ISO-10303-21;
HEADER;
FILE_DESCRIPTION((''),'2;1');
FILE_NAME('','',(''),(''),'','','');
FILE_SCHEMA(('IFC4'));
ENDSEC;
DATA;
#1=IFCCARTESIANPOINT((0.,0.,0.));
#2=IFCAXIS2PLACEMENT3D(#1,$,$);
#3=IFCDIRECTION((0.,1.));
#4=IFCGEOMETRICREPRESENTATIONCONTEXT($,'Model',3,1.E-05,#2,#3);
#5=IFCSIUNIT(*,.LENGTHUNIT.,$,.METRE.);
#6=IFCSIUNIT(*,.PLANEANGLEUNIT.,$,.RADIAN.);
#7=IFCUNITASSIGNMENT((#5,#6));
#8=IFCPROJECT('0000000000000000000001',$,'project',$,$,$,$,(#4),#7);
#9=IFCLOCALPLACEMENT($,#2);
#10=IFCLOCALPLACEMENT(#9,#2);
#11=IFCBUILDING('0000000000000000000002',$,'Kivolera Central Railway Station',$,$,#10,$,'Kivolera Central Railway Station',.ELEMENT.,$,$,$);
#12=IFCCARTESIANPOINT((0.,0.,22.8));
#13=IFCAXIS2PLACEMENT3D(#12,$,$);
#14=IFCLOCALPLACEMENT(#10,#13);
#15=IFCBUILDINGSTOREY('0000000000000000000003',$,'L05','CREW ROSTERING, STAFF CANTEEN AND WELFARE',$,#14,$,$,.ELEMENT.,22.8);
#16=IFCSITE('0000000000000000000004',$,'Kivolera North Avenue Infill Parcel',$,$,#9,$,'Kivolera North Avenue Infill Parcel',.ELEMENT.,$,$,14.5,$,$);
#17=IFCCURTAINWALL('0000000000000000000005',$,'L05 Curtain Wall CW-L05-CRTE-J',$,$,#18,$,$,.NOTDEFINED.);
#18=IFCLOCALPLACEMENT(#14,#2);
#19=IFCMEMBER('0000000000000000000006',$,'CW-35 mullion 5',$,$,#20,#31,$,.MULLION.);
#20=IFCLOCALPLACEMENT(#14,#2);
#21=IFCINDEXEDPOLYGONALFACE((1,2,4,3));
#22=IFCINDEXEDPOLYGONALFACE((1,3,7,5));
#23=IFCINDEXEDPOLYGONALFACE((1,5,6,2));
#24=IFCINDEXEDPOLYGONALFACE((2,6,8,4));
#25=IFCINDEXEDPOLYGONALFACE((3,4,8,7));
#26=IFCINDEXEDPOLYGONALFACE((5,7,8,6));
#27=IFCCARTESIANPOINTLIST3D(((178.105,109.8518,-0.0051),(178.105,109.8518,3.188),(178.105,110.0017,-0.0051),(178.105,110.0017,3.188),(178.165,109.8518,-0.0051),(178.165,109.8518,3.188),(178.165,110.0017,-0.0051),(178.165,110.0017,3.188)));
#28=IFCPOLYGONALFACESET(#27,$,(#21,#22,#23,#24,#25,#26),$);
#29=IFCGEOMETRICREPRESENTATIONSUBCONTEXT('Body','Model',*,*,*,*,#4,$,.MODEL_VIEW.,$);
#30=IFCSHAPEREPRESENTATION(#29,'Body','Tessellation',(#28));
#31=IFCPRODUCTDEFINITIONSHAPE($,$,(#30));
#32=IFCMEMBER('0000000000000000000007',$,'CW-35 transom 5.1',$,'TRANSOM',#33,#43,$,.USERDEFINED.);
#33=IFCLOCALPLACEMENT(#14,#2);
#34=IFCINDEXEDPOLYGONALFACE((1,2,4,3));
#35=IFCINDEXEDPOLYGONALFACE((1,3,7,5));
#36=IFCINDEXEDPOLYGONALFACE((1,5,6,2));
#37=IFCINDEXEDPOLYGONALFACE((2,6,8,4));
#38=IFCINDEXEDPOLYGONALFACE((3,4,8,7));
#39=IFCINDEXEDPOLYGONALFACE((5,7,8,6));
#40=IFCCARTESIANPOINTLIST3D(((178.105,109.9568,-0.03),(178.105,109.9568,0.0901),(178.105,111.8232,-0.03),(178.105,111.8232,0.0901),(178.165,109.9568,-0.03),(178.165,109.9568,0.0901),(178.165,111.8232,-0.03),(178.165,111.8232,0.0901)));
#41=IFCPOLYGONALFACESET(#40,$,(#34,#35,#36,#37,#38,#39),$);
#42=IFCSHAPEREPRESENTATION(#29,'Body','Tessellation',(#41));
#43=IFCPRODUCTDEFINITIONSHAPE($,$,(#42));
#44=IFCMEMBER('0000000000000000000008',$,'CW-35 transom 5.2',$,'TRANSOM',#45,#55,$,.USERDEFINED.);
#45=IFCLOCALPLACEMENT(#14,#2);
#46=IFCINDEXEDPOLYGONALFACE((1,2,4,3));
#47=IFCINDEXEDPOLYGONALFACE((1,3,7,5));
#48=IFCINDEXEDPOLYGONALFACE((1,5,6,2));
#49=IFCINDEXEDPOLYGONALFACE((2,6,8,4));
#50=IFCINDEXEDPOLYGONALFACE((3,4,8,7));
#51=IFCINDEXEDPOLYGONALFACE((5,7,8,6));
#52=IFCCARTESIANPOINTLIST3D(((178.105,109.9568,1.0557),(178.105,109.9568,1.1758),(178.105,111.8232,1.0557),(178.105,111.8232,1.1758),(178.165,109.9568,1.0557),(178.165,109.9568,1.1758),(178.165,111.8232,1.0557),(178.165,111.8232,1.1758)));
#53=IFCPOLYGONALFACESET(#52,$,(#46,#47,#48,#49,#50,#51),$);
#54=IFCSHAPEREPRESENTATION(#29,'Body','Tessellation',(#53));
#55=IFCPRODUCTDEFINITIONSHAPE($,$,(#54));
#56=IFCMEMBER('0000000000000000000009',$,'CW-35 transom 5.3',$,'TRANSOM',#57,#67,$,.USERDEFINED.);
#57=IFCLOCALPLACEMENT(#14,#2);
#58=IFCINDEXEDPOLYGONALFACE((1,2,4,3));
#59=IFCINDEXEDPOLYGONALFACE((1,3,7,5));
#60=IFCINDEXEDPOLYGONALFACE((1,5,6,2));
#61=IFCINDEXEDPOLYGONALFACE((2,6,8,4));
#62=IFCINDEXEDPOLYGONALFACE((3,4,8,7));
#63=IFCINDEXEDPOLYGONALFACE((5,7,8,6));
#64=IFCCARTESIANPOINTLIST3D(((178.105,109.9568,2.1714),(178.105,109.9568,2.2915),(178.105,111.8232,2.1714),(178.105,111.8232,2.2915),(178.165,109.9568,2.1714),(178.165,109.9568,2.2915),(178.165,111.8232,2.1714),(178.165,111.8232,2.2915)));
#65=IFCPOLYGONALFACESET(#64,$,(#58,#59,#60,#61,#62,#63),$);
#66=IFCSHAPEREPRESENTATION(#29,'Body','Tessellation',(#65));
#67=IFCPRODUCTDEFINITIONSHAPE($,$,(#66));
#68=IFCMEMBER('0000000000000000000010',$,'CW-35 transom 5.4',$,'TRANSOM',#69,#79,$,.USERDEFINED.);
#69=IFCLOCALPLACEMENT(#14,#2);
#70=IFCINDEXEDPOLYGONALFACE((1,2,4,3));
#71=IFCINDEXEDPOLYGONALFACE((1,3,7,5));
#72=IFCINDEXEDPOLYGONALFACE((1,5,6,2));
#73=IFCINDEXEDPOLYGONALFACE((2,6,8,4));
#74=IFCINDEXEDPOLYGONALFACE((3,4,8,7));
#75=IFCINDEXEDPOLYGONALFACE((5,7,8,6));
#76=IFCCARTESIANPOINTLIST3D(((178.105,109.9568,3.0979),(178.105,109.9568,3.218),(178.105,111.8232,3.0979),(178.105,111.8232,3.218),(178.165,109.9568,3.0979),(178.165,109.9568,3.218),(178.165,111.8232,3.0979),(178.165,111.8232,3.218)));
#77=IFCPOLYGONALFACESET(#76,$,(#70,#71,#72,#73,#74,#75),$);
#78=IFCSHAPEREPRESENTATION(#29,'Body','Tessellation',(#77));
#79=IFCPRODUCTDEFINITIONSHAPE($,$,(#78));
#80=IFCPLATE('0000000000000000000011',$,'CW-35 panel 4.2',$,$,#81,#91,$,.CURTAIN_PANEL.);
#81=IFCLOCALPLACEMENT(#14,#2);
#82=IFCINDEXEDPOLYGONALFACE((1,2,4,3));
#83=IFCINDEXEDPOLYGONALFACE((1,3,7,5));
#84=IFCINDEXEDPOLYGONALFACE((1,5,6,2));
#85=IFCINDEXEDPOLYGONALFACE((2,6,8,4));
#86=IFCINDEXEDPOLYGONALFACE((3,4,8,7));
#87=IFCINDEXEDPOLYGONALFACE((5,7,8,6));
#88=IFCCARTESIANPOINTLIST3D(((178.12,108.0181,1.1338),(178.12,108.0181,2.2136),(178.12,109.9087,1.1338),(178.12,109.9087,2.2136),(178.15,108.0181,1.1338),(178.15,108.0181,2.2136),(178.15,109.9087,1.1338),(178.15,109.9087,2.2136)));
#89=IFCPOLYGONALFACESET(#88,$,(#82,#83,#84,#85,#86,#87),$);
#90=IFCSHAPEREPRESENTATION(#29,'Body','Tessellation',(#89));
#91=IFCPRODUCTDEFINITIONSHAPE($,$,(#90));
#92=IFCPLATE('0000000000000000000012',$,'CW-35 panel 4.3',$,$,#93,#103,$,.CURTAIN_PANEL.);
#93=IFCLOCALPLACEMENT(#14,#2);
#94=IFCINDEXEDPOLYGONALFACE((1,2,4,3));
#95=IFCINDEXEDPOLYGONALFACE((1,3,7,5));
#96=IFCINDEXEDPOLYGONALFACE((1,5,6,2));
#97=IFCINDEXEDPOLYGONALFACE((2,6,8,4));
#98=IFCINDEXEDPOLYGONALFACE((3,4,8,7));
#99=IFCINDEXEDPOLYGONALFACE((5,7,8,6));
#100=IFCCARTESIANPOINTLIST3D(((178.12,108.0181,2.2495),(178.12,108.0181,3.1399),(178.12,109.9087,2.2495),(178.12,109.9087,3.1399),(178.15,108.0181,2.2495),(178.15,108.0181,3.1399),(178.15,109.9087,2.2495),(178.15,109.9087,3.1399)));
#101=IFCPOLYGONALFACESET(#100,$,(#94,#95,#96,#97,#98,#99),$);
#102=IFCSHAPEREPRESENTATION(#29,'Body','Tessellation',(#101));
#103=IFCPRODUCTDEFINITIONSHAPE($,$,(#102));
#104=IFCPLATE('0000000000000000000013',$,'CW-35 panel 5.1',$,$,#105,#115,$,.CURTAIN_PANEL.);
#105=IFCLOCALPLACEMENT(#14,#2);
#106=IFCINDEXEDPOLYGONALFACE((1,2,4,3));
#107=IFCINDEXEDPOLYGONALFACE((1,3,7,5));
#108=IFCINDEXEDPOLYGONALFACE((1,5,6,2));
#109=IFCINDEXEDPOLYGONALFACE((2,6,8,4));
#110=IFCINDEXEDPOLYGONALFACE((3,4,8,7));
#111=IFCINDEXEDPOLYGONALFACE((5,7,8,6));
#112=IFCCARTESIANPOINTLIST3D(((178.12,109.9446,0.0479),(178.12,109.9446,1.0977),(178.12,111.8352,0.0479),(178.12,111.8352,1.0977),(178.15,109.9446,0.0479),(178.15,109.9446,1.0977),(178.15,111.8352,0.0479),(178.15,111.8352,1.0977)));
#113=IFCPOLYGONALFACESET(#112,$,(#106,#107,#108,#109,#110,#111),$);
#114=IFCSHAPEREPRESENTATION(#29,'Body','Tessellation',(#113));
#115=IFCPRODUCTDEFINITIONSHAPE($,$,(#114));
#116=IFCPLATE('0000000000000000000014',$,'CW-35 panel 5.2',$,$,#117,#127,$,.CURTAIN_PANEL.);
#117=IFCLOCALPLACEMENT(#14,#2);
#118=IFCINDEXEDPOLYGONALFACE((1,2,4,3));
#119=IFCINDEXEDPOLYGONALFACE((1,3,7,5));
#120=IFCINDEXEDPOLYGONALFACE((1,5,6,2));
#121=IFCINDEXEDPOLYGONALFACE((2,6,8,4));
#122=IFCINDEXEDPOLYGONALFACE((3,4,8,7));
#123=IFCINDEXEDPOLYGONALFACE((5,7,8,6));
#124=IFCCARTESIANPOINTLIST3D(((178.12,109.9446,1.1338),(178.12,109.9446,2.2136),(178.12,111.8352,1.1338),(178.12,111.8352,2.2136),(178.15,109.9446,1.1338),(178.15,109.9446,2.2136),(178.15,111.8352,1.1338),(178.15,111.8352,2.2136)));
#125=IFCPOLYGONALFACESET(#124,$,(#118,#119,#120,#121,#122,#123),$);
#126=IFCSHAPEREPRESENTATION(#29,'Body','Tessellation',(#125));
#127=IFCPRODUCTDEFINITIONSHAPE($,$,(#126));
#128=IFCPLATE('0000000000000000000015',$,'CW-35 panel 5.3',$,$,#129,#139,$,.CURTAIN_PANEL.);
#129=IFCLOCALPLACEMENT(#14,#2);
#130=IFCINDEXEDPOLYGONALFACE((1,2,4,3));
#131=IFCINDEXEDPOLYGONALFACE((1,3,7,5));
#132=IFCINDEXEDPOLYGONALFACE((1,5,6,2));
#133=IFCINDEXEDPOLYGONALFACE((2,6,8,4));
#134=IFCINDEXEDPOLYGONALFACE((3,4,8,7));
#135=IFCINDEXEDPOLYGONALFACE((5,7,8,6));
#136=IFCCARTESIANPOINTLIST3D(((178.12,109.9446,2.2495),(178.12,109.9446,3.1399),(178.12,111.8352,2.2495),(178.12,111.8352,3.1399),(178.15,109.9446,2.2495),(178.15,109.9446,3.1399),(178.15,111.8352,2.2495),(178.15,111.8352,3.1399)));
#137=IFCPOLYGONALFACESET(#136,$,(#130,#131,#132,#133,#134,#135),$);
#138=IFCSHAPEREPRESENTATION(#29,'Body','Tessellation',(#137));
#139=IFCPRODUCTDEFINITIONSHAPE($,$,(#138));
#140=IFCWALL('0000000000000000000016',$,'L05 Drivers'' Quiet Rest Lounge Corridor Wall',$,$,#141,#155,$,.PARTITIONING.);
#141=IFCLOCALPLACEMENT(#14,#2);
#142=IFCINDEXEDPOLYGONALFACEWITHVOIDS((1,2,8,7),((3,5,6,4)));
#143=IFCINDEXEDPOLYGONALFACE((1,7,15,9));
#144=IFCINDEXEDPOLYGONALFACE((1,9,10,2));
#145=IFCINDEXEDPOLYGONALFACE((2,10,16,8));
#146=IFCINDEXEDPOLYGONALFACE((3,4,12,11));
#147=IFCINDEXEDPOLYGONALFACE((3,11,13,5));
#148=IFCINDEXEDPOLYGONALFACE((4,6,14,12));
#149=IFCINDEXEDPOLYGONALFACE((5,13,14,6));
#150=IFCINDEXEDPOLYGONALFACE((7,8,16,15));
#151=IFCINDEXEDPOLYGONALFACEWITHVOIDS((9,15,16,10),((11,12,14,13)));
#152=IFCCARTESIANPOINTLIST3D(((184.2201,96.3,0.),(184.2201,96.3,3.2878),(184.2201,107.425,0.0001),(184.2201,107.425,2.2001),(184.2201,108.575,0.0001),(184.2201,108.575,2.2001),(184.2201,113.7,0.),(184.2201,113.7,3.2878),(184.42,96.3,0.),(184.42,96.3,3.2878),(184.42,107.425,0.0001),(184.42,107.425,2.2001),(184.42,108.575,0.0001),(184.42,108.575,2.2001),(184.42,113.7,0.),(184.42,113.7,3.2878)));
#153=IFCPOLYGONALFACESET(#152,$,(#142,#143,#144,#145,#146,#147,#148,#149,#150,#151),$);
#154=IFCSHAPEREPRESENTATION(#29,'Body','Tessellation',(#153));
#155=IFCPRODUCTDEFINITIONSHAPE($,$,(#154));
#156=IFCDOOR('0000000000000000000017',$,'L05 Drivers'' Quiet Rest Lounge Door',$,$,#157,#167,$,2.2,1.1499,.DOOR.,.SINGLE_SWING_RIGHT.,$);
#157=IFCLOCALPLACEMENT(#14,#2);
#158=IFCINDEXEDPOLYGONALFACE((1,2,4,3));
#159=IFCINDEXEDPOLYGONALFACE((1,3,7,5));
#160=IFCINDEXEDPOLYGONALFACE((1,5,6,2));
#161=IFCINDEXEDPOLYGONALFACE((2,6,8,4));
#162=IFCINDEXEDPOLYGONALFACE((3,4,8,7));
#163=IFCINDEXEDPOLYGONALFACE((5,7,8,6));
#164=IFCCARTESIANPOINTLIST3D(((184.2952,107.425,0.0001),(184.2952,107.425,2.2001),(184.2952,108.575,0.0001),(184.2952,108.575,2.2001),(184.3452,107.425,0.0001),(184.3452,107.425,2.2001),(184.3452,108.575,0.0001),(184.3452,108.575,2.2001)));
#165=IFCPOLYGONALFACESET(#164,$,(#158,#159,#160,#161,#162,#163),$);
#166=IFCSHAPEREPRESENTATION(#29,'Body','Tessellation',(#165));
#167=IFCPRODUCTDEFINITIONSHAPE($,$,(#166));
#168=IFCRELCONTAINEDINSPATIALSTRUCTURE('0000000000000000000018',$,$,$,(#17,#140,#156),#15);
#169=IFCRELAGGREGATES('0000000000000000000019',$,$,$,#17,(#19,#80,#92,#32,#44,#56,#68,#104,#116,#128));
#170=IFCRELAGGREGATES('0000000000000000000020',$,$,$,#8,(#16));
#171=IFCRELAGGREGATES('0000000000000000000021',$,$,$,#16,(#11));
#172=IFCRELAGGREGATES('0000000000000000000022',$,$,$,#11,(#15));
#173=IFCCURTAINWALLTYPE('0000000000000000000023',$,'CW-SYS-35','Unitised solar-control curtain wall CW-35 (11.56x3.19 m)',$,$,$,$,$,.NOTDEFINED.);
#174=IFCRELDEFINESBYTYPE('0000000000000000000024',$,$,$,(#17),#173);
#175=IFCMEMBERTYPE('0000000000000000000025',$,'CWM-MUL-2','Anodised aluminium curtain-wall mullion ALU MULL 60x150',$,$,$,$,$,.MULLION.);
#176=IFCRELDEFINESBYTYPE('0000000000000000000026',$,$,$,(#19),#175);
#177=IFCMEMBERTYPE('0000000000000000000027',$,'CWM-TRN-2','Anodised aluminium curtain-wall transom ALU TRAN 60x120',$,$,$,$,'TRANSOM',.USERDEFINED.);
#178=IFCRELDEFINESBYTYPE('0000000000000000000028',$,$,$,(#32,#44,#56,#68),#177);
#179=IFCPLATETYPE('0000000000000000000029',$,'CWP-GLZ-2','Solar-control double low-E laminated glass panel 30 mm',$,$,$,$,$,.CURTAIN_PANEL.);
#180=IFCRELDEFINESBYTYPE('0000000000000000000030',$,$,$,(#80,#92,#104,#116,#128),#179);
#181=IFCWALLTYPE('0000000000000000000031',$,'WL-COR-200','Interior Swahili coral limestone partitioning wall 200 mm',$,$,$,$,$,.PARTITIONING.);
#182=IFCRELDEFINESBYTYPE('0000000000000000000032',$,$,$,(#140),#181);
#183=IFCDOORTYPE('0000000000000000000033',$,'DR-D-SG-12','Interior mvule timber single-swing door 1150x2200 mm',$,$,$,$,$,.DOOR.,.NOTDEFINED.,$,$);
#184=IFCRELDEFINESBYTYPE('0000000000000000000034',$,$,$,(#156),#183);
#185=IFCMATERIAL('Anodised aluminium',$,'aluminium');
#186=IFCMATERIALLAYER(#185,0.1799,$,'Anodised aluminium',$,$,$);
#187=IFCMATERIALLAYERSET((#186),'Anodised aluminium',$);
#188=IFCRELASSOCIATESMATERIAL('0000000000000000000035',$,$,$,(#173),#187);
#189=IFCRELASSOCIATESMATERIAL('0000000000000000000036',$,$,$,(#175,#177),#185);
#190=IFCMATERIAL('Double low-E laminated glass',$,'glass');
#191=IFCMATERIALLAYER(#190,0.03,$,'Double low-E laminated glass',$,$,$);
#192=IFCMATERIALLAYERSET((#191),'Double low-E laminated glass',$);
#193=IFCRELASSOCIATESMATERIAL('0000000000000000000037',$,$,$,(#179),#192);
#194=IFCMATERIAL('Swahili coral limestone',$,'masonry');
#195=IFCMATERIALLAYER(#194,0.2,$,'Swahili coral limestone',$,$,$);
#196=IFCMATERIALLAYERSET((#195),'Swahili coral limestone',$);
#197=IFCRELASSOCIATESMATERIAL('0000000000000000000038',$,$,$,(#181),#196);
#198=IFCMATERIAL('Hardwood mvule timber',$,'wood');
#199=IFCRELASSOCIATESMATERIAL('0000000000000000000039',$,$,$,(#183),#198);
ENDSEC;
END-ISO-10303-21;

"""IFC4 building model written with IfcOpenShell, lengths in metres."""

from ifc_helpers import new_model, si_unit, direction, frame, frame_2d, origin, origin_2d, place, context, subcontext, project, spatial, rectangle, extrude, material, layer, layer_set, material_profile, profile_set, type_object, element, fill, aggregate, save


model = new_model("IFC4")

# Units and contexts
model_context = context("Model", 3, precision=1e-05, world=origin(), true_north=direction((0.0, 1.0)))
body_context = subcontext(model_context, "Body", "Model", "MODEL_VIEW")
ifc_project = project(units=[si_unit("LENGTHUNIT", "METRE"), si_unit("PLANEANGLEUNIT", "RADIAN")], contexts=[model_context])

# Site, building, storey
site_placement = place(None, origin())
site = spatial("IfcSite", under=ifc_project, at=site_placement, Name="Kivolera North Avenue Infill Parcel", LongName="Kivolera North Avenue Infill Parcel", CompositionType="ELEMENT", RefElevation=14.5)
building_placement = place(site_placement, origin())
building = spatial("IfcBuilding", under=site, at=building_placement, Name="Kivolera Central Railway Station", LongName="Kivolera Central Railway Station", CompositionType="ELEMENT")
storey_placement = place(building_placement, frame((0.0, 0.0, 22.8)))
storey = spatial("IfcBuildingStorey", under=building, at=storey_placement, Name="L05", Description="CREW ROSTERING, STAFF CANTEEN AND WELFARE", CompositionType="ELEMENT", Elevation=22.8)

# Curtain wall, members, plates
ifc_material_1 = material(Name="Anodised aluminium", Category="aluminium")
ifc_layer_1 = layer(ifc_material_1, 0.1799, Name="Anodised aluminium")
ifc_layer_set_1 = layer_set([ifc_layer_1], Name="Anodised aluminium")
curtain_wall_type = type_object("IfcCurtainWallType", Name="CW-SYS-35", Description="Unitised solar-control curtain wall CW-35 (11.56x3.19 m)", PredefinedType="NOTDEFINED", material=ifc_layer_set_1)
curtain_wall_placement = place(storey_placement, origin())
curtain_wall = element("IfcCurtainWall", 1, at=curtain_wall_placement, inside=storey, type_object=curtain_wall_type, Name="L05 Curtain Wall CW-L05-CRTE-J", PredefinedType="NOTDEFINED")
ifc_material_profile_1 = material_profile(ifc_material_1, rectangle(XDim=0.0601, YDim=0.1499, at=origin_2d()), Name="ALU MULL 60x150")
ifc_profile_set_1 = profile_set([ifc_material_profile_1], Name="Anodised aluminium")
member_type_1 = type_object("IfcMemberType", Name="CWM-MUL-2", Description="Anodised aluminium curtain-wall mullion ALU MULL 60x150", PredefinedType="MULLION", material=ifc_profile_set_1)
member_1_placement = place(storey_placement, frame((178.135, 109.9268, -0.0051), z_axis=(0.0, 0.0, 1.0), x_axis=(-1.0, 0.0, 0.0)))
member_1 = element("IfcMember", 2, at=member_1_placement, type_object=member_type_1, Name="CW-35 mullion 5", PredefinedType="MULLION", context=body_context, shape_type="SweptSolid", body=[
    extrude(rectangle(XDim=0.0601, YDim=0.1499, at=origin_2d()), origin(), (0.0, 0.0, 1.0), 3.1931),
])
ifc_material_profile_2 = material_profile(ifc_material_1, rectangle(XDim=0.0601, YDim=0.1201, at=origin_2d()), Name="ALU TRAN 60x120")
ifc_profile_set_2 = profile_set([ifc_material_profile_2], Name="Anodised aluminium")
member_type_2 = type_object("IfcMemberType", Name="CWM-TRN-2", Description="Anodised aluminium curtain-wall transom ALU TRAN 60x120", ElementType="TRANSOM", PredefinedType="USERDEFINED", material=ifc_profile_set_2)
member_2_placement = place(storey_placement, frame((178.135, 109.9568, 0.03), z_axis=(0.0, 1.0, 0.0), x_axis=(-1.0, 0.0, 0.0)))
member_2 = element("IfcMember", 3, at=member_2_placement, type_object=member_type_2, Name="CW-35 transom 5.1", ObjectType="TRANSOM", PredefinedType="USERDEFINED", context=body_context, shape_type="SweptSolid", body=[
    extrude(rectangle(XDim=0.0601, YDim=0.1201, at=origin_2d()), origin(), (0.0, 0.0, 1.0), 1.8665),
])
member_3_placement = place(storey_placement, frame((178.135, 109.9568, 1.1157), z_axis=(0.0, 1.0, 0.0), x_axis=(-1.0, 0.0, 0.0)))
member_3 = element("IfcMember", 4, at=member_3_placement, type_object=member_type_2, Name="CW-35 transom 5.2", ObjectType="TRANSOM", PredefinedType="USERDEFINED", context=body_context, shape_type="SweptSolid", body=[
    extrude(rectangle(XDim=0.0601, YDim=0.1201, at=origin_2d()), origin(), (0.0, 0.0, 1.0), 1.8665),
])
member_4_placement = place(storey_placement, frame((178.135, 109.9568, 2.2314), z_axis=(0.0, 1.0, 0.0), x_axis=(-1.0, 0.0, 0.0)))
member_4 = element("IfcMember", 5, at=member_4_placement, type_object=member_type_2, Name="CW-35 transom 5.3", ObjectType="TRANSOM", PredefinedType="USERDEFINED", context=body_context, shape_type="SweptSolid", body=[
    extrude(rectangle(XDim=0.0601, YDim=0.1201, at=origin_2d()), origin(), (0.0, 0.0, 1.0), 1.8665),
])
member_5_placement = place(storey_placement, frame((178.135, 109.9568, 3.158), z_axis=(0.0, 1.0, 0.0), x_axis=(-1.0, 0.0, 0.0)))
member_5 = element("IfcMember", 6, at=member_5_placement, type_object=member_type_2, Name="CW-35 transom 5.4", ObjectType="TRANSOM", PredefinedType="USERDEFINED", context=body_context, shape_type="SweptSolid", body=[
    extrude(rectangle(XDim=0.0601, YDim=0.1201, at=origin_2d()), origin(), (0.0, 0.0, 1.0), 1.8665),
])
ifc_material_2 = material(Name="Double low-E laminated glass", Category="glass")
ifc_layer_2 = layer(ifc_material_2, 0.03, Name="Double low-E laminated glass")
ifc_layer_set_2 = layer_set([ifc_layer_2], Name="Double low-E laminated glass")
plate_type = type_object("IfcPlateType", Name="CWP-GLZ-2", Description="Solar-control double low-E laminated glass panel 30 mm", PredefinedType="CURTAIN_PANEL", material=ifc_layer_set_2)
plate_1_placement = place(storey_placement, frame((178.135, 108.9634, 1.1338), z_axis=(0.0, 0.0, 1.0), x_axis=(0.0, 1.0, 0.0)))
plate_1 = element("IfcPlate", 7, at=plate_1_placement, type_object=plate_type, Name="CW-35 panel 4.2", PredefinedType="CURTAIN_PANEL", context=body_context, shape_type="SweptSolid", body=[
    extrude(rectangle(XDim=1.8906, YDim=0.03, at=origin_2d()), origin(), (0.0, 0.0, 1.0), 1.0798),
])
plate_2_placement = place(storey_placement, frame((178.135, 108.9634, 2.2495), z_axis=(0.0, 0.0, 1.0), x_axis=(0.0, 1.0, 0.0)))
plate_2 = element("IfcPlate", 8, at=plate_2_placement, type_object=plate_type, Name="CW-35 panel 4.3", PredefinedType="CURTAIN_PANEL", context=body_context, shape_type="SweptSolid", body=[
    extrude(rectangle(XDim=1.8906, YDim=0.03, at=origin_2d()), origin(), (0.0, 0.0, 1.0), 0.8904),
])
plate_3_placement = place(storey_placement, frame((178.135, 110.8899, 0.0479), z_axis=(0.0, 0.0, 1.0), x_axis=(0.0, 1.0, 0.0)))
plate_3 = element("IfcPlate", 9, at=plate_3_placement, type_object=plate_type, Name="CW-35 panel 5.1", PredefinedType="CURTAIN_PANEL", context=body_context, shape_type="SweptSolid", body=[
    extrude(rectangle(XDim=1.8906, YDim=0.03, at=origin_2d()), origin(), (0.0, 0.0, 1.0), 1.0498),
])
plate_4_placement = place(storey_placement, frame((178.135, 110.8899, 1.1338), z_axis=(0.0, 0.0, 1.0), x_axis=(0.0, 1.0, 0.0)))
plate_4 = element("IfcPlate", 10, at=plate_4_placement, type_object=plate_type, Name="CW-35 panel 5.2", PredefinedType="CURTAIN_PANEL", context=body_context, shape_type="SweptSolid", body=[
    extrude(rectangle(XDim=1.8906, YDim=0.03, at=origin_2d()), origin(), (0.0, 0.0, 1.0), 1.0798),
])
plate_5_placement = place(storey_placement, frame((178.135, 110.8899, 2.2495), z_axis=(0.0, 0.0, 1.0), x_axis=(0.0, 1.0, 0.0)))
plate_5 = element("IfcPlate", 11, at=plate_5_placement, type_object=plate_type, Name="CW-35 panel 5.3", PredefinedType="CURTAIN_PANEL", context=body_context, shape_type="SweptSolid", body=[
    extrude(rectangle(XDim=1.8906, YDim=0.03, at=origin_2d()), origin(), (0.0, 0.0, 1.0), 0.8904),
])
aggregate(curtain_wall, [member_1, plate_1, plate_2, member_2, member_3, member_4, member_5, plate_3, plate_4, plate_5])

# Wall, opening, door
ifc_material_3 = material(Name="Swahili coral limestone", Category="masonry")
ifc_layer_3 = layer(ifc_material_3, 0.2, Name="Swahili coral limestone")
ifc_layer_set_3 = layer_set([ifc_layer_3], Name="Swahili coral limestone")
wall_type_1 = type_object("IfcWallType", Name="WL-COR-200", Description="Interior Swahili coral limestone partitioning wall 200 mm", PredefinedType="PARTITIONING", material=ifc_layer_set_3)
wall_1_placement = place(storey_placement, frame((184.3201, 96.3, 0.0), z_axis=(0.0, 0.0, 1.0), x_axis=(0.0, 1.0, 0.0)))
wall_1 = element("IfcWall", 12, at=wall_1_placement, inside=storey, type_object=wall_type_1, Name="L05 Drivers' Quiet Rest Lounge Corridor Wall", PredefinedType="PARTITIONING", context=body_context, shape_type="SweptSolid", body=[
    extrude(rectangle(XDim=17.3999, YDim=0.2, at=frame_2d((8.7, 0.0))), origin(), (0.0, 0.0, 1.0), 3.2878),
])
opening_1_placement = place(wall_1_placement, frame((11.125, 0.0, 0.0)))
opening_1 = element("IfcOpeningElement", 13, at=opening_1_placement, cuts=wall_1, PredefinedType="OPENING", context=body_context, shape_type="SweptSolid", body=[
    extrude(rectangle(XDim=1.1499, YDim=2.2, at=frame_2d((0.575, 1.1001))), frame((0.0, 0.1099, 0.0), z_axis=(0.0, -1.0, 0.0), x_axis=(1.0, 0.0, 0.0)), (0.0, 0.0, 1.0), 0.22),
])
ifc_material_4 = material(Name="Hardwood mvule timber", Category="wood")
door_type_1 = type_object("IfcDoorType", Name="DR-D-SG-12", Description="Interior mvule timber single-swing door 1150x2200 mm", OperationType="NOTDEFINED", PredefinedType="DOOR", material=ifc_material_4)
door_1_placement = place(opening_1_placement, origin())
door_1 = element("IfcDoor", 14, at=door_1_placement, inside=storey, type_object=door_type_1, Name="L05 Drivers' Quiet Rest Lounge Door", OperationType="SINGLE_SWING_RIGHT", OverallHeight=2.2, OverallWidth=1.1499, PredefinedType="DOOR", context=body_context, shape_type="SweptSolid", body=[
    extrude(rectangle(XDim=1.1499, YDim=2.2, at=frame_2d((0.575, 1.1001))), frame((0.0, 0.0249, 0.0), z_axis=(0.0, -1.0, 0.0), x_axis=(1.0, 0.0, 0.0)), (0.0, 0.0, 1.0), 0.05),
])
fill(opening_1, door_1)

save(model, "model.ifc")
